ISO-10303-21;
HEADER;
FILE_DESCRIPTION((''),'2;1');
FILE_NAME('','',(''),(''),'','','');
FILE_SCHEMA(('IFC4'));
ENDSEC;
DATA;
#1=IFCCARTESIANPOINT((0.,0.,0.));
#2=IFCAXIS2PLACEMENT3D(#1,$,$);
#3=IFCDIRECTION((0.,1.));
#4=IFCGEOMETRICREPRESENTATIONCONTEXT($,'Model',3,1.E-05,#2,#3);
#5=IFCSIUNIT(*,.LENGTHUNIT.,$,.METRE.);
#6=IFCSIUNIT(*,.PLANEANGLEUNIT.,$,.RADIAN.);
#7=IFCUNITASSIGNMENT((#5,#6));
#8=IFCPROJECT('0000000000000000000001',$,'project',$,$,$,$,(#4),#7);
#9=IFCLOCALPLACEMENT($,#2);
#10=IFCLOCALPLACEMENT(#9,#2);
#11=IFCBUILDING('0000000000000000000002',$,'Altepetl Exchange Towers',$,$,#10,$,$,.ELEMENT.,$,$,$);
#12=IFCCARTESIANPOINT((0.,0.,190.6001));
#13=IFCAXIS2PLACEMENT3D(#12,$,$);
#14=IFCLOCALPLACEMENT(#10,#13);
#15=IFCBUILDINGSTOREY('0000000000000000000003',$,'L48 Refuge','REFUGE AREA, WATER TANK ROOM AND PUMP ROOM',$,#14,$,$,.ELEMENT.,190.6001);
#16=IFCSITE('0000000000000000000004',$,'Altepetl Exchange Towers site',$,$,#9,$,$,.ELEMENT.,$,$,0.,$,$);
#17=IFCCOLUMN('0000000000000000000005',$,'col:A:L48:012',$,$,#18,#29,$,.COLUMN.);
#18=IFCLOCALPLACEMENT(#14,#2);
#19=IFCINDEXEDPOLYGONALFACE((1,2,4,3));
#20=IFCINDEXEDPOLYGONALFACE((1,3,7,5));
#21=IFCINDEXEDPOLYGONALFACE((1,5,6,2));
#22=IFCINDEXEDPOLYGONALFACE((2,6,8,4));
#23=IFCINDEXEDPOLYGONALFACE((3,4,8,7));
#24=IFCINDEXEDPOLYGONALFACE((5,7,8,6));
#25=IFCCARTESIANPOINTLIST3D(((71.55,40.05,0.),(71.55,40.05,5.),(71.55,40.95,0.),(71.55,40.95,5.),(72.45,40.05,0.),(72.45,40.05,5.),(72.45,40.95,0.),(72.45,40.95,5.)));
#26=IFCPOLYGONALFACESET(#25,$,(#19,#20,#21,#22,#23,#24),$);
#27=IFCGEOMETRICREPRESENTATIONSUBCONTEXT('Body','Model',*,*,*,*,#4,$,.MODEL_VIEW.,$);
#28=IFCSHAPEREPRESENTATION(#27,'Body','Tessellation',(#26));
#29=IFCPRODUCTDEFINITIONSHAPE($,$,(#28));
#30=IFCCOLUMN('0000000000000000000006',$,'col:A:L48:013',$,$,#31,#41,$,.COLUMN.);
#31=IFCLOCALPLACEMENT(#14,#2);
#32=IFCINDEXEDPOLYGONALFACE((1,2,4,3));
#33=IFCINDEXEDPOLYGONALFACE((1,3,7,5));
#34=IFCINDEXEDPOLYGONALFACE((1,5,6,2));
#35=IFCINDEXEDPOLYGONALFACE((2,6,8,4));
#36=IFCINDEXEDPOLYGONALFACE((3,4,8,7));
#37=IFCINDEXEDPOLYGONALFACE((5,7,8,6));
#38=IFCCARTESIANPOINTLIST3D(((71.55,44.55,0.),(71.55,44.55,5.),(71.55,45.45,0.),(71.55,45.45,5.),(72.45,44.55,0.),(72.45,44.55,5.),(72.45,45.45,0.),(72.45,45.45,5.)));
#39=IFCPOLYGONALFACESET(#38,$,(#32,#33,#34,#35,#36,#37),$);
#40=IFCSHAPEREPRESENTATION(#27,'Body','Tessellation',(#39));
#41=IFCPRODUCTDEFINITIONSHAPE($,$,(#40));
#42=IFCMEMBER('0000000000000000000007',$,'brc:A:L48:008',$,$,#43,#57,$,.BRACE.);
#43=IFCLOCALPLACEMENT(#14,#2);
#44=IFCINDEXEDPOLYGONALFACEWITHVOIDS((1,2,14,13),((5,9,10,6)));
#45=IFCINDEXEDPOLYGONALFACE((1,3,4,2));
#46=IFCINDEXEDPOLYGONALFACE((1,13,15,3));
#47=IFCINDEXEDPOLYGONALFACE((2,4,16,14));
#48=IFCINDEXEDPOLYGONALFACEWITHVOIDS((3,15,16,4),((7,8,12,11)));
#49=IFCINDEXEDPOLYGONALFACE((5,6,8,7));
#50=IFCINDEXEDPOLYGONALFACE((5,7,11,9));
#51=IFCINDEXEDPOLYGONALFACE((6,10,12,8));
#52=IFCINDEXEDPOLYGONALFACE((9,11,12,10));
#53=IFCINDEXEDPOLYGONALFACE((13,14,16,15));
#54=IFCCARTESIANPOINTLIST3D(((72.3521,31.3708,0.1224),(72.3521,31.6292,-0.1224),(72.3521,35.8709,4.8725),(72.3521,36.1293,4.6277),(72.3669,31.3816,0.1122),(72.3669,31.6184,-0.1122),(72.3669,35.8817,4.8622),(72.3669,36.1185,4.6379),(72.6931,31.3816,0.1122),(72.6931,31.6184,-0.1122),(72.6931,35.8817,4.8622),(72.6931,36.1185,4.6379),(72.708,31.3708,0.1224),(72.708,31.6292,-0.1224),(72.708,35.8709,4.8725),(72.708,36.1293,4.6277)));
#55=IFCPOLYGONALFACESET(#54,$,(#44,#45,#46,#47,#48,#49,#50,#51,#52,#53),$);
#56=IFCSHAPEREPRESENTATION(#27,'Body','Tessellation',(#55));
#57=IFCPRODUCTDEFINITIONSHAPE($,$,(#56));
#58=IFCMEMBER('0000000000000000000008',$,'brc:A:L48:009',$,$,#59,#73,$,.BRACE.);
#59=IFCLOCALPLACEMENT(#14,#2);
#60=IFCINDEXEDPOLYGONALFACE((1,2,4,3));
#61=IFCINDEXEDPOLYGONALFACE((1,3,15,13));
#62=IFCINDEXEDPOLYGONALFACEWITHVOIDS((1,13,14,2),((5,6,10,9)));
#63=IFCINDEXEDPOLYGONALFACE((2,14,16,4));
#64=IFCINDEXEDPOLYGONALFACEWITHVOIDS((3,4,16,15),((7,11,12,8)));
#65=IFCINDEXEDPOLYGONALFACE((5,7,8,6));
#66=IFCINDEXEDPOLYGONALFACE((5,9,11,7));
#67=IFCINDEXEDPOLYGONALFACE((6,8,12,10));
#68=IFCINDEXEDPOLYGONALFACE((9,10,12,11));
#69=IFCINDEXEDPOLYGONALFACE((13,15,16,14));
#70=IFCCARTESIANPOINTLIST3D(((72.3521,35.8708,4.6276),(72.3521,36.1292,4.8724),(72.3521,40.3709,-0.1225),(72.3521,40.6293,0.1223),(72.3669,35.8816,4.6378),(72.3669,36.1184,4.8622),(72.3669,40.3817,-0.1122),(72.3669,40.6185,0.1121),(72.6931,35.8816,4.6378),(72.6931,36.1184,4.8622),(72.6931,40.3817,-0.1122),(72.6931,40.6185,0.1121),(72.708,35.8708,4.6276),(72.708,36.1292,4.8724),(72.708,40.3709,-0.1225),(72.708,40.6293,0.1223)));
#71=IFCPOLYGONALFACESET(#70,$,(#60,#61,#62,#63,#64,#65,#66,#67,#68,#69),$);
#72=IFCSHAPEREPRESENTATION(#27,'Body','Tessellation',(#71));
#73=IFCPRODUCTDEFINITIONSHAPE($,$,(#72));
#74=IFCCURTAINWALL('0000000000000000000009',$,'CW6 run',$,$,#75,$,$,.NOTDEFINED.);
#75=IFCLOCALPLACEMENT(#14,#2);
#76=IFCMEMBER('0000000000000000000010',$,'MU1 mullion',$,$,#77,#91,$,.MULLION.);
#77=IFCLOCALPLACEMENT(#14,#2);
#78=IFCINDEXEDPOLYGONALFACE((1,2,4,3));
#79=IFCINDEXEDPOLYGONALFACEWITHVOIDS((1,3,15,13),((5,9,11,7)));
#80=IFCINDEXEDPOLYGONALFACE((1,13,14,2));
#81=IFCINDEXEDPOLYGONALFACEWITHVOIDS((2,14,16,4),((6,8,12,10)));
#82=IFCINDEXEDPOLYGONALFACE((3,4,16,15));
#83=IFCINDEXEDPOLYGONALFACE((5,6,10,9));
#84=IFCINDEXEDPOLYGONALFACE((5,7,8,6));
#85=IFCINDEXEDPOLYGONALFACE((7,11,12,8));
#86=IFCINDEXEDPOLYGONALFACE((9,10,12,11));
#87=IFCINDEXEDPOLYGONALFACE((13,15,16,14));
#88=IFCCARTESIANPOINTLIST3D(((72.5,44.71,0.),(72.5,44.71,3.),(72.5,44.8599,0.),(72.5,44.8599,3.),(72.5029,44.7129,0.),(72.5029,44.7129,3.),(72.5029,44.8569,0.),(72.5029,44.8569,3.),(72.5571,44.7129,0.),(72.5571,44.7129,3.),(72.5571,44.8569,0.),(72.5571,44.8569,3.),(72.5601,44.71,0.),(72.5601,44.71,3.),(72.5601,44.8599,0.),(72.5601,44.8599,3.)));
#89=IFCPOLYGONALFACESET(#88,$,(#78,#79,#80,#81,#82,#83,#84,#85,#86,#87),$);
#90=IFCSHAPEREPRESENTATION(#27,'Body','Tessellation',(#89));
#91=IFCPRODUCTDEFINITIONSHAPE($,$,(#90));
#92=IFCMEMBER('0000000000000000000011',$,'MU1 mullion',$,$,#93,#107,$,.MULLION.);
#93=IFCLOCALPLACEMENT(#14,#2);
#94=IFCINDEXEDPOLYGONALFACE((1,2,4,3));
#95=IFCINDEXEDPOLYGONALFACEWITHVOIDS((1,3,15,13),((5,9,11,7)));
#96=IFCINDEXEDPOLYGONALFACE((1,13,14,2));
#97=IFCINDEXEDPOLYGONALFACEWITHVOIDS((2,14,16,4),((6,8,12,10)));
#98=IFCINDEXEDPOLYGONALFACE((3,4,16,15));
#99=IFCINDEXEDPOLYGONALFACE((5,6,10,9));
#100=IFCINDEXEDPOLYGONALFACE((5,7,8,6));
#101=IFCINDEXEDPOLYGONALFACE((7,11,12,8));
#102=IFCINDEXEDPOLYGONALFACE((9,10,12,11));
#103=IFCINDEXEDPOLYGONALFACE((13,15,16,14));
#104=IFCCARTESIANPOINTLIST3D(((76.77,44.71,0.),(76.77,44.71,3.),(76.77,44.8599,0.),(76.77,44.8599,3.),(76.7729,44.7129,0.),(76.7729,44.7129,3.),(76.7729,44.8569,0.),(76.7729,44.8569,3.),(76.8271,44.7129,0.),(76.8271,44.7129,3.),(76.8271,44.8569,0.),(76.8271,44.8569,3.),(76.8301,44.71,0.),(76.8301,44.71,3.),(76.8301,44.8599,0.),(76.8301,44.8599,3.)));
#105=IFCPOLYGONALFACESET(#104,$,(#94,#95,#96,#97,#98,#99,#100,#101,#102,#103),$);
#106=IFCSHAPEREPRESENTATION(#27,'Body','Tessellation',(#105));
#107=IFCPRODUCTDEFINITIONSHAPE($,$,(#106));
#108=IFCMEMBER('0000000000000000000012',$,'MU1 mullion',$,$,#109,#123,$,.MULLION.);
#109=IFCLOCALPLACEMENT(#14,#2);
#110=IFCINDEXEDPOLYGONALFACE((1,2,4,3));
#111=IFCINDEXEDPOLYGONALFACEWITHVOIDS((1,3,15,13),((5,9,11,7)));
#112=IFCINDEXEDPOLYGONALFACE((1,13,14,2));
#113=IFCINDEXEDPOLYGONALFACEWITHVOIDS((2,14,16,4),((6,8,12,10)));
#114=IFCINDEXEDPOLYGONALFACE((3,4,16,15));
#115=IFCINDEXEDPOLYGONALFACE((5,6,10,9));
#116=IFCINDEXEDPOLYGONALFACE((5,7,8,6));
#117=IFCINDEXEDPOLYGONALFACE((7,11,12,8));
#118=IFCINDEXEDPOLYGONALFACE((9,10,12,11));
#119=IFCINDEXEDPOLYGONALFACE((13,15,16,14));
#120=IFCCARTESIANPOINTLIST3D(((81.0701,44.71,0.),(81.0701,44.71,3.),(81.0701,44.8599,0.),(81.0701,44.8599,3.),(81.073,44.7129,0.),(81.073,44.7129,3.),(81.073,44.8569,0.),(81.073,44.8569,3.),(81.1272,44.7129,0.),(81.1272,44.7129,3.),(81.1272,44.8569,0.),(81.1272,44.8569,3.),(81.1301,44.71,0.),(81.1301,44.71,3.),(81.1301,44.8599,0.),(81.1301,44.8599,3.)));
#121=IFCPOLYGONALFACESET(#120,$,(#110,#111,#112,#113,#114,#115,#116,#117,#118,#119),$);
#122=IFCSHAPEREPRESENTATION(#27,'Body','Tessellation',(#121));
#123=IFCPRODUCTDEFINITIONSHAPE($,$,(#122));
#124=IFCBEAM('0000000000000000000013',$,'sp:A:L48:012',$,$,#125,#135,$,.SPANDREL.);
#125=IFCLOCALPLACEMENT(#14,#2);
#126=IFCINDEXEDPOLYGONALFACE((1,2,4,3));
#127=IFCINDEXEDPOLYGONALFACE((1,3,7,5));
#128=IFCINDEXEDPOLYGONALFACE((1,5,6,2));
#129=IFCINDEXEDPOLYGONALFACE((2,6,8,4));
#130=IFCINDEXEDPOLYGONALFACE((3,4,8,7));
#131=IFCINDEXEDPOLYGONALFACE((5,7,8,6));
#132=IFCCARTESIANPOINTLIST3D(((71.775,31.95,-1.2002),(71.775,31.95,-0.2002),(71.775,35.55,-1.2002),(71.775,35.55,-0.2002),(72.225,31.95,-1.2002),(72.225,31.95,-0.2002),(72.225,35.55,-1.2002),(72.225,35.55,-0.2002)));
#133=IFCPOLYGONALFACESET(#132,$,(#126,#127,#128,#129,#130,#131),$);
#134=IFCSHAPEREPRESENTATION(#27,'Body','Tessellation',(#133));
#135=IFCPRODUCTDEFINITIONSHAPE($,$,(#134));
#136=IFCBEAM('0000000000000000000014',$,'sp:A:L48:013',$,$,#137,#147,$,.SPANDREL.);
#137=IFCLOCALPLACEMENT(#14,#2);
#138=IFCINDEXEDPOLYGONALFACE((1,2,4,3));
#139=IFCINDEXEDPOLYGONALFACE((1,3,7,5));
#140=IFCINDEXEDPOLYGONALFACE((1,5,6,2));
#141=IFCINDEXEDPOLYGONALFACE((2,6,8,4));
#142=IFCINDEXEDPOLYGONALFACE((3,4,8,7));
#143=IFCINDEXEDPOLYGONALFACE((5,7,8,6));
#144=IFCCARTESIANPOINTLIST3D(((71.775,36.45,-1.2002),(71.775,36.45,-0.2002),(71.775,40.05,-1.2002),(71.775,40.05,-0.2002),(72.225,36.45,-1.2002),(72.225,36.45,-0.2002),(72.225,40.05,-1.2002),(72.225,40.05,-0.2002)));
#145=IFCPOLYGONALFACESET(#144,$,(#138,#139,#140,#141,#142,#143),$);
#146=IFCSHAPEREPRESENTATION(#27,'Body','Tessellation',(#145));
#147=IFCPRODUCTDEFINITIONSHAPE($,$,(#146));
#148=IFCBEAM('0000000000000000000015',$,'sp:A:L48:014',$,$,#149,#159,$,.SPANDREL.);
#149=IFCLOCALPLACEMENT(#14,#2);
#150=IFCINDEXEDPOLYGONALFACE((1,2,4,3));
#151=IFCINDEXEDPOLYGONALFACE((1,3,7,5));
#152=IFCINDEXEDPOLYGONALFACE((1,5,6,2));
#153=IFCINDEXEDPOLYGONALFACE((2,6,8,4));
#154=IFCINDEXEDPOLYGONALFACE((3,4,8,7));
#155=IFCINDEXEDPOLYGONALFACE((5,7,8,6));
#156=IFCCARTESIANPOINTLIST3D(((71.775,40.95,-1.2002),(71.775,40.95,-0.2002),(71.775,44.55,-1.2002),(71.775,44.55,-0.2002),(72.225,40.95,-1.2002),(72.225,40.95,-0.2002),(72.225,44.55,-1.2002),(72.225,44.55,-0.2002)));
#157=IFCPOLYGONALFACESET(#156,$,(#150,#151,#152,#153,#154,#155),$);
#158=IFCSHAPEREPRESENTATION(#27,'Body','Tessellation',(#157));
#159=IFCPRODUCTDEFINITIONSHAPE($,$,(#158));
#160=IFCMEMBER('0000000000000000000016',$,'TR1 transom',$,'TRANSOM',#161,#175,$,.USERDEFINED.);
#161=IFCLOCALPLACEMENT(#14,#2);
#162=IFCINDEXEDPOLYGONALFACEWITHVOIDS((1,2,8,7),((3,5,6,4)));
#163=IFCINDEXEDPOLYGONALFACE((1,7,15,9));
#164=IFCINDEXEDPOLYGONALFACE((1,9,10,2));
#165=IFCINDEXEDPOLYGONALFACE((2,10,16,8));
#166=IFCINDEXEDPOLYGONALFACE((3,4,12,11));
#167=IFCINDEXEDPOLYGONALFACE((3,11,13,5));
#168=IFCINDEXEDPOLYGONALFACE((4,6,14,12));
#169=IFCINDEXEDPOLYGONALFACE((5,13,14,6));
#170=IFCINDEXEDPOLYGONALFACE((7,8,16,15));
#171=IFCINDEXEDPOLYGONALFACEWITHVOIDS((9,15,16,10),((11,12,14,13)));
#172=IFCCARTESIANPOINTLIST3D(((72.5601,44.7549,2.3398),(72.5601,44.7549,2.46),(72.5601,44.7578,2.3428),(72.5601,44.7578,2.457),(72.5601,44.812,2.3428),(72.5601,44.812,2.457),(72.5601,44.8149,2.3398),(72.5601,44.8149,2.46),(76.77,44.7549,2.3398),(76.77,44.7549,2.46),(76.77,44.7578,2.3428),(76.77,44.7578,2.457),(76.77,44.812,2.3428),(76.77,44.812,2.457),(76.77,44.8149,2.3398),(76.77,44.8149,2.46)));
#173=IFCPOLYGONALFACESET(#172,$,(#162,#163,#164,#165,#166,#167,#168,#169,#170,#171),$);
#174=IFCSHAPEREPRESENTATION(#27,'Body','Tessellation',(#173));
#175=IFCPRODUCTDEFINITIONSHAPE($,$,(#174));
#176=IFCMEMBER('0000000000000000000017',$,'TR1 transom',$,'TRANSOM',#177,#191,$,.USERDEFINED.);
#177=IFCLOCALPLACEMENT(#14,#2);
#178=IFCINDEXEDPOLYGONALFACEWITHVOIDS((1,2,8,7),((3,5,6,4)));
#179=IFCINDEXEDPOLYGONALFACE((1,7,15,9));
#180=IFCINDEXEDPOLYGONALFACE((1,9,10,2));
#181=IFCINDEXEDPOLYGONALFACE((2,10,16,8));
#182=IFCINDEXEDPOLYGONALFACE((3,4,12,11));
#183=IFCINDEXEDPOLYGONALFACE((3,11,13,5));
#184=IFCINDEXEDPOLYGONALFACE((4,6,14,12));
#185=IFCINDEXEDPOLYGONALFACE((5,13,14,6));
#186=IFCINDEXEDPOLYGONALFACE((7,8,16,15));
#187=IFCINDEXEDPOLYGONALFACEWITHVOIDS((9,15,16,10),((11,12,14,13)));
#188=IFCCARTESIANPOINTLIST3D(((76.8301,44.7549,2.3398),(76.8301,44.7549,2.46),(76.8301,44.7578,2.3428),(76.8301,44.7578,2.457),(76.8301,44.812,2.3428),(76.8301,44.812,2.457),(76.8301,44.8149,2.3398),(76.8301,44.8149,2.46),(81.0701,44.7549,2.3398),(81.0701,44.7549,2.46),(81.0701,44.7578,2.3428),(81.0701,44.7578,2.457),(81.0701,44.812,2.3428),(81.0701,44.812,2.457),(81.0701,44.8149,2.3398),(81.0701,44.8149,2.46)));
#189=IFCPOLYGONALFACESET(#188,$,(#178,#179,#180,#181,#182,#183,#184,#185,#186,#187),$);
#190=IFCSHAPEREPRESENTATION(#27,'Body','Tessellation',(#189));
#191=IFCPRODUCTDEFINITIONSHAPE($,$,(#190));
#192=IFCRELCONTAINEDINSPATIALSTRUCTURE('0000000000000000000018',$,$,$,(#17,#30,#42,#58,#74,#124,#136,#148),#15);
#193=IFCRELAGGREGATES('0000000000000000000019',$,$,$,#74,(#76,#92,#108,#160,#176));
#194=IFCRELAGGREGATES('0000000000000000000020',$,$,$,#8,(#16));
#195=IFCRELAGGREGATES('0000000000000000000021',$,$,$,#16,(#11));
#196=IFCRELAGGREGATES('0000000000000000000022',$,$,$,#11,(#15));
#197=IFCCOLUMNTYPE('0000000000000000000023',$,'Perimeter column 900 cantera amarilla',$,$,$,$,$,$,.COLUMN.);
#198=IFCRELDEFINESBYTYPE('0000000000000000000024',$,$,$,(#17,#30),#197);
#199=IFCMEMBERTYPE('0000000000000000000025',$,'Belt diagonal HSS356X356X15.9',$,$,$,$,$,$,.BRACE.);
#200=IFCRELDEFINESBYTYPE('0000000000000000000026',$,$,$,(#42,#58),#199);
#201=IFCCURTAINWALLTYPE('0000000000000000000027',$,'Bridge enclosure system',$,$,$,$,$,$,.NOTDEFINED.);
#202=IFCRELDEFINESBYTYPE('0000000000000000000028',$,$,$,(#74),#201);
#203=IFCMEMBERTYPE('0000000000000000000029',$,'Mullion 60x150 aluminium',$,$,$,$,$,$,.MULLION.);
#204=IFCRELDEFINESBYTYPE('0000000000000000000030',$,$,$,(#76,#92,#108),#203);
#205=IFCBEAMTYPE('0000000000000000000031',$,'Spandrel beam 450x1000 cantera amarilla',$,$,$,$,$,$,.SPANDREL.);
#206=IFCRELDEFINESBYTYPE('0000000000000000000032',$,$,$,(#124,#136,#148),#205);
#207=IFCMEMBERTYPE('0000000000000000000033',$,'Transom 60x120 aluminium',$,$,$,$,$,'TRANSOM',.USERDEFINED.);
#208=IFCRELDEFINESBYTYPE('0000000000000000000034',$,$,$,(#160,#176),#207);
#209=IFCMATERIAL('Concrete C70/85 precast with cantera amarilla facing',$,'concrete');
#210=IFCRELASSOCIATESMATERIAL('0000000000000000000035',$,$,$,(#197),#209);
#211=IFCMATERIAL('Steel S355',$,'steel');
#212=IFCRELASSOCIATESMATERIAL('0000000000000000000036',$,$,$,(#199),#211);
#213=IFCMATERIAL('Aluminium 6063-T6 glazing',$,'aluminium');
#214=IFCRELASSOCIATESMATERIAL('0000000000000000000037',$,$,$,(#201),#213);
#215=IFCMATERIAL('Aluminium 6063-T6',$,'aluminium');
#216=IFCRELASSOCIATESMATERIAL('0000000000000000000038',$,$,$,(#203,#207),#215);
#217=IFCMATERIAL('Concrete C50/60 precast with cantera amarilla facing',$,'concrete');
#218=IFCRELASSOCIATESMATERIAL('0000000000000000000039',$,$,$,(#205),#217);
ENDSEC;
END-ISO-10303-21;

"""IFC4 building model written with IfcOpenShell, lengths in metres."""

from ifc_helpers import new_model, si_unit, direction, frame, origin, origin_2d, place, context, subcontext, project, spatial, rectangle, hollow_rectangle, extrude, material, material_profile, profile_set, type_object, element, aggregate, save


model = new_model("IFC4")

# Units and contexts
model_context = context("Model", 3, precision=1e-05, world=origin(), true_north=direction((0.0, 1.0)))
body_context = subcontext(model_context, "Body", "Model", "MODEL_VIEW")
ifc_project = project(units=[si_unit("LENGTHUNIT", "METRE"), si_unit("PLANEANGLEUNIT", "RADIAN")], contexts=[model_context])

# Site, building, storey
site_placement = place(None, origin())
site = spatial("IfcSite", under=ifc_project, at=site_placement, Name="Altepetl Exchange Towers site", CompositionType="ELEMENT", RefElevation=0.0)
building_placement = place(site_placement, origin())
building = spatial("IfcBuilding", under=site, at=building_placement, Name="Altepetl Exchange Towers", CompositionType="ELEMENT")
storey_placement = place(building_placement, frame((0.0, 0.0, 190.6001)))
storey = spatial("IfcBuildingStorey", under=building, at=storey_placement, Name="L48 Refuge", Description="REFUGE AREA, WATER TANK ROOM AND PUMP ROOM", CompositionType="ELEMENT", Elevation=190.6001)

# Columns
ifc_material_1 = material(Name="Concrete C70/85 precast with cantera amarilla facing", Category="concrete")
ifc_material_profile_1 = material_profile(ifc_material_1, rectangle(XDim=0.8999, YDim=0.8999, at=origin_2d()), Name="900 x 900")
ifc_profile_set_1 = profile_set([ifc_material_profile_1], Name="Concrete C70/85 precast with cantera amarilla facing")
column_type = type_object("IfcColumnType", Name="Perimeter column 900 cantera amarilla", PredefinedType="COLUMN", material=ifc_profile_set_1)
for number, where, name in (
    (1, (72.0, 40.5, 0.0), "col:A:L48:012"),
    (2, (72.0, 45.0, 0.0), "col:A:L48:013"),
):
    element("IfcColumn", number, at=place(storey_placement, frame(where)), inside=storey, type_object=column_type, Name=name, PredefinedType="COLUMN", context=body_context, shape_type="SweptSolid", body=[
        extrude(rectangle(XDim=0.8999, YDim=0.8999, at=origin_2d()), origin(), (0.0, 0.0, 1.0), 5.0),
    ])

# Members
ifc_material_2 = material(Name="Steel S355", Category="steel")
ifc_material_profile_2 = material_profile(ifc_material_2, hollow_rectangle(XDim=0.356, YDim=0.356, WallThickness=0.0149, at=origin_2d()), Name="HSS356X356X15.9")
ifc_profile_set_2 = profile_set([ifc_material_profile_2], Name="Steel S355")
member_type_1 = type_object("IfcMemberType", Name="Belt diagonal HSS356X356X15.9", PredefinedType="BRACE", material=ifc_profile_set_2)
for number, where, z_axis, x_axis, name in (
    (3, (72.53, 31.5, 0.0), (0.0, 0.687745, 0.725953), (-1.0, 0.0, 0.0), "brc:A:L48:008"),
    (4, (72.53, 36.0, 4.75), (0.0, 0.687745, -0.725953), (-1.0, 0.0, 0.0), "brc:A:L48:009"),
):
    element("IfcMember", number, at=place(storey_placement, frame(where, z_axis=z_axis, x_axis=x_axis)), inside=storey, type_object=member_type_1, Name=name, PredefinedType="BRACE", context=body_context, shape_type="SweptSolid", body=[
        extrude(hollow_rectangle(XDim=0.356, YDim=0.356, WallThickness=0.0149, at=origin_2d()), origin(), (0.0, 0.0, 1.0), 6.5432),
    ])

# Curtain wall, members
ifc_material_3 = material(Name="Aluminium 6063-T6 glazing", Category="aluminium")
curtain_wall_type = type_object("IfcCurtainWallType", Name="Bridge enclosure system", PredefinedType="NOTDEFINED", material=ifc_material_3)
curtain_wall_placement = place(storey_placement, origin())
curtain_wall = element("IfcCurtainWall", 5, at=curtain_wall_placement, inside=storey, type_object=curtain_wall_type, Name="CW6 run", PredefinedType="NOTDEFINED")
ifc_material_4 = material(Name="Aluminium 6063-T6", Category="aluminium")
ifc_material_profile_3 = material_profile(ifc_material_4, hollow_rectangle(XDim=0.0601, YDim=0.1499, WallThickness=0.0029, at=origin_2d()), Name="Mullion 60x150 aluminium")
ifc_profile_set_3 = profile_set([ifc_material_profile_3], Name="Aluminium 6063-T6")
member_type_2 = type_object("IfcMemberType", Name="Mullion 60x150 aluminium", PredefinedType="MULLION", material=ifc_profile_set_3)
member_1_placement = place(storey_placement, frame((72.53, 44.7849, 0.0)))
member_1 = element("IfcMember", 6, at=member_1_placement, type_object=member_type_2, Name="MU1 mullion", PredefinedType="MULLION", context=body_context, shape_type="SweptSolid", body=[
    extrude(hollow_rectangle(XDim=0.0601, YDim=0.1499, WallThickness=0.0029, at=origin_2d()), origin(), (0.0, 0.0, 1.0), 3.0),
])
member_2_placement = place(storey_placement, frame((76.8, 44.7849, 0.0)))
member_2 = element("IfcMember", 7, at=member_2_placement, type_object=member_type_2, Name="MU1 mullion", PredefinedType="MULLION", context=body_context, shape_type="SweptSolid", body=[
    extrude(hollow_rectangle(XDim=0.0601, YDim=0.1499, WallThickness=0.0029, at=origin_2d()), origin(), (0.0, 0.0, 1.0), 3.0),
])
member_3_placement = place(storey_placement, frame((81.1001, 44.7849, 0.0)))
member_3 = element("IfcMember", 8, at=member_3_placement, type_object=member_type_2, Name="MU1 mullion", PredefinedType="MULLION", context=body_context, shape_type="SweptSolid", body=[
    extrude(hollow_rectangle(XDim=0.0601, YDim=0.1499, WallThickness=0.0029, at=origin_2d()), origin(), (0.0, 0.0, 1.0), 3.0),
])

# Beams
ifc_material_5 = material(Name="Concrete C50/60 precast with cantera amarilla facing", Category="concrete")
ifc_material_profile_4 = material_profile(ifc_material_5, rectangle(XDim=0.45, YDim=1.0, at=origin_2d()), Name="450 x 1000")
ifc_profile_set_4 = profile_set([ifc_material_profile_4], Name="Concrete C50/60 precast with cantera amarilla facing")
beam_type = type_object("IfcBeamType", Name="Spandrel beam 450x1000 cantera amarilla", PredefinedType="SPANDREL", material=ifc_profile_set_4)
for number, where, z_axis, x_axis, name in (
    (9, (72.0, 31.95, -0.7002), (0.0, 1.0, 0.0), (-1.0, 0.0, 0.0), "sp:A:L48:012"),
    (10, (72.0, 36.45, -0.7002), (0.0, 1.0, 0.0), (-1.0, 0.0, 0.0), "sp:A:L48:013"),
    (11, (72.0, 40.95, -0.7002), (0.0, 1.0, 0.0), (-1.0, 0.0, 0.0), "sp:A:L48:014"),
):
    element("IfcBeam", number, at=place(storey_placement, frame(where, z_axis=z_axis, x_axis=x_axis)), inside=storey, type_object=beam_type, Name=name, PredefinedType="SPANDREL", context=body_context, shape_type="SweptSolid", body=[
        extrude(rectangle(XDim=0.45, YDim=1.0, at=origin_2d()), origin(), (0.0, 0.0, 1.0), 3.6001),
    ])

# Members
ifc_material_profile_5 = material_profile(ifc_material_4, hollow_rectangle(XDim=0.0601, YDim=0.1201, WallThickness=0.0029, at=origin_2d()), Name="Transom 60x120 aluminium")
ifc_profile_set_5 = profile_set([ifc_material_profile_5], Name="Aluminium 6063-T6")
member_type_3 = type_object("IfcMemberType", Name="Transom 60x120 aluminium", ElementType="TRANSOM", PredefinedType="USERDEFINED", material=ifc_profile_set_5)
member_4_placement = place(storey_placement, frame((72.5601, 44.7849, 2.3999), z_axis=(1.0, 0.0, 0.0), x_axis=(0.0, 1.0, 0.0)))
member_4 = element("IfcMember", 12, at=member_4_placement, type_object=member_type_3, Name="TR1 transom", ObjectType="TRANSOM", PredefinedType="USERDEFINED", context=body_context, shape_type="SweptSolid", body=[
    extrude(hollow_rectangle(XDim=0.0601, YDim=0.1201, WallThickness=0.0029, at=origin_2d()), origin(), (0.0, 0.0, 1.0), 4.21),
])
member_5_placement = place(storey_placement, frame((76.8301, 44.7849, 2.3999), z_axis=(1.0, 0.0, 0.0), x_axis=(0.0, 1.0, 0.0)))
member_5 = element("IfcMember", 13, at=member_5_placement, type_object=member_type_3, Name="TR1 transom", ObjectType="TRANSOM", PredefinedType="USERDEFINED", context=body_context, shape_type="SweptSolid", body=[
    extrude(hollow_rectangle(XDim=0.0601, YDim=0.1201, WallThickness=0.0029, at=origin_2d()), origin(), (0.0, 0.0, 1.0), 4.24),
])

aggregate(curtain_wall, [member_1, member_2, member_3, member_4, member_5])

save(model, "model.ifc")
